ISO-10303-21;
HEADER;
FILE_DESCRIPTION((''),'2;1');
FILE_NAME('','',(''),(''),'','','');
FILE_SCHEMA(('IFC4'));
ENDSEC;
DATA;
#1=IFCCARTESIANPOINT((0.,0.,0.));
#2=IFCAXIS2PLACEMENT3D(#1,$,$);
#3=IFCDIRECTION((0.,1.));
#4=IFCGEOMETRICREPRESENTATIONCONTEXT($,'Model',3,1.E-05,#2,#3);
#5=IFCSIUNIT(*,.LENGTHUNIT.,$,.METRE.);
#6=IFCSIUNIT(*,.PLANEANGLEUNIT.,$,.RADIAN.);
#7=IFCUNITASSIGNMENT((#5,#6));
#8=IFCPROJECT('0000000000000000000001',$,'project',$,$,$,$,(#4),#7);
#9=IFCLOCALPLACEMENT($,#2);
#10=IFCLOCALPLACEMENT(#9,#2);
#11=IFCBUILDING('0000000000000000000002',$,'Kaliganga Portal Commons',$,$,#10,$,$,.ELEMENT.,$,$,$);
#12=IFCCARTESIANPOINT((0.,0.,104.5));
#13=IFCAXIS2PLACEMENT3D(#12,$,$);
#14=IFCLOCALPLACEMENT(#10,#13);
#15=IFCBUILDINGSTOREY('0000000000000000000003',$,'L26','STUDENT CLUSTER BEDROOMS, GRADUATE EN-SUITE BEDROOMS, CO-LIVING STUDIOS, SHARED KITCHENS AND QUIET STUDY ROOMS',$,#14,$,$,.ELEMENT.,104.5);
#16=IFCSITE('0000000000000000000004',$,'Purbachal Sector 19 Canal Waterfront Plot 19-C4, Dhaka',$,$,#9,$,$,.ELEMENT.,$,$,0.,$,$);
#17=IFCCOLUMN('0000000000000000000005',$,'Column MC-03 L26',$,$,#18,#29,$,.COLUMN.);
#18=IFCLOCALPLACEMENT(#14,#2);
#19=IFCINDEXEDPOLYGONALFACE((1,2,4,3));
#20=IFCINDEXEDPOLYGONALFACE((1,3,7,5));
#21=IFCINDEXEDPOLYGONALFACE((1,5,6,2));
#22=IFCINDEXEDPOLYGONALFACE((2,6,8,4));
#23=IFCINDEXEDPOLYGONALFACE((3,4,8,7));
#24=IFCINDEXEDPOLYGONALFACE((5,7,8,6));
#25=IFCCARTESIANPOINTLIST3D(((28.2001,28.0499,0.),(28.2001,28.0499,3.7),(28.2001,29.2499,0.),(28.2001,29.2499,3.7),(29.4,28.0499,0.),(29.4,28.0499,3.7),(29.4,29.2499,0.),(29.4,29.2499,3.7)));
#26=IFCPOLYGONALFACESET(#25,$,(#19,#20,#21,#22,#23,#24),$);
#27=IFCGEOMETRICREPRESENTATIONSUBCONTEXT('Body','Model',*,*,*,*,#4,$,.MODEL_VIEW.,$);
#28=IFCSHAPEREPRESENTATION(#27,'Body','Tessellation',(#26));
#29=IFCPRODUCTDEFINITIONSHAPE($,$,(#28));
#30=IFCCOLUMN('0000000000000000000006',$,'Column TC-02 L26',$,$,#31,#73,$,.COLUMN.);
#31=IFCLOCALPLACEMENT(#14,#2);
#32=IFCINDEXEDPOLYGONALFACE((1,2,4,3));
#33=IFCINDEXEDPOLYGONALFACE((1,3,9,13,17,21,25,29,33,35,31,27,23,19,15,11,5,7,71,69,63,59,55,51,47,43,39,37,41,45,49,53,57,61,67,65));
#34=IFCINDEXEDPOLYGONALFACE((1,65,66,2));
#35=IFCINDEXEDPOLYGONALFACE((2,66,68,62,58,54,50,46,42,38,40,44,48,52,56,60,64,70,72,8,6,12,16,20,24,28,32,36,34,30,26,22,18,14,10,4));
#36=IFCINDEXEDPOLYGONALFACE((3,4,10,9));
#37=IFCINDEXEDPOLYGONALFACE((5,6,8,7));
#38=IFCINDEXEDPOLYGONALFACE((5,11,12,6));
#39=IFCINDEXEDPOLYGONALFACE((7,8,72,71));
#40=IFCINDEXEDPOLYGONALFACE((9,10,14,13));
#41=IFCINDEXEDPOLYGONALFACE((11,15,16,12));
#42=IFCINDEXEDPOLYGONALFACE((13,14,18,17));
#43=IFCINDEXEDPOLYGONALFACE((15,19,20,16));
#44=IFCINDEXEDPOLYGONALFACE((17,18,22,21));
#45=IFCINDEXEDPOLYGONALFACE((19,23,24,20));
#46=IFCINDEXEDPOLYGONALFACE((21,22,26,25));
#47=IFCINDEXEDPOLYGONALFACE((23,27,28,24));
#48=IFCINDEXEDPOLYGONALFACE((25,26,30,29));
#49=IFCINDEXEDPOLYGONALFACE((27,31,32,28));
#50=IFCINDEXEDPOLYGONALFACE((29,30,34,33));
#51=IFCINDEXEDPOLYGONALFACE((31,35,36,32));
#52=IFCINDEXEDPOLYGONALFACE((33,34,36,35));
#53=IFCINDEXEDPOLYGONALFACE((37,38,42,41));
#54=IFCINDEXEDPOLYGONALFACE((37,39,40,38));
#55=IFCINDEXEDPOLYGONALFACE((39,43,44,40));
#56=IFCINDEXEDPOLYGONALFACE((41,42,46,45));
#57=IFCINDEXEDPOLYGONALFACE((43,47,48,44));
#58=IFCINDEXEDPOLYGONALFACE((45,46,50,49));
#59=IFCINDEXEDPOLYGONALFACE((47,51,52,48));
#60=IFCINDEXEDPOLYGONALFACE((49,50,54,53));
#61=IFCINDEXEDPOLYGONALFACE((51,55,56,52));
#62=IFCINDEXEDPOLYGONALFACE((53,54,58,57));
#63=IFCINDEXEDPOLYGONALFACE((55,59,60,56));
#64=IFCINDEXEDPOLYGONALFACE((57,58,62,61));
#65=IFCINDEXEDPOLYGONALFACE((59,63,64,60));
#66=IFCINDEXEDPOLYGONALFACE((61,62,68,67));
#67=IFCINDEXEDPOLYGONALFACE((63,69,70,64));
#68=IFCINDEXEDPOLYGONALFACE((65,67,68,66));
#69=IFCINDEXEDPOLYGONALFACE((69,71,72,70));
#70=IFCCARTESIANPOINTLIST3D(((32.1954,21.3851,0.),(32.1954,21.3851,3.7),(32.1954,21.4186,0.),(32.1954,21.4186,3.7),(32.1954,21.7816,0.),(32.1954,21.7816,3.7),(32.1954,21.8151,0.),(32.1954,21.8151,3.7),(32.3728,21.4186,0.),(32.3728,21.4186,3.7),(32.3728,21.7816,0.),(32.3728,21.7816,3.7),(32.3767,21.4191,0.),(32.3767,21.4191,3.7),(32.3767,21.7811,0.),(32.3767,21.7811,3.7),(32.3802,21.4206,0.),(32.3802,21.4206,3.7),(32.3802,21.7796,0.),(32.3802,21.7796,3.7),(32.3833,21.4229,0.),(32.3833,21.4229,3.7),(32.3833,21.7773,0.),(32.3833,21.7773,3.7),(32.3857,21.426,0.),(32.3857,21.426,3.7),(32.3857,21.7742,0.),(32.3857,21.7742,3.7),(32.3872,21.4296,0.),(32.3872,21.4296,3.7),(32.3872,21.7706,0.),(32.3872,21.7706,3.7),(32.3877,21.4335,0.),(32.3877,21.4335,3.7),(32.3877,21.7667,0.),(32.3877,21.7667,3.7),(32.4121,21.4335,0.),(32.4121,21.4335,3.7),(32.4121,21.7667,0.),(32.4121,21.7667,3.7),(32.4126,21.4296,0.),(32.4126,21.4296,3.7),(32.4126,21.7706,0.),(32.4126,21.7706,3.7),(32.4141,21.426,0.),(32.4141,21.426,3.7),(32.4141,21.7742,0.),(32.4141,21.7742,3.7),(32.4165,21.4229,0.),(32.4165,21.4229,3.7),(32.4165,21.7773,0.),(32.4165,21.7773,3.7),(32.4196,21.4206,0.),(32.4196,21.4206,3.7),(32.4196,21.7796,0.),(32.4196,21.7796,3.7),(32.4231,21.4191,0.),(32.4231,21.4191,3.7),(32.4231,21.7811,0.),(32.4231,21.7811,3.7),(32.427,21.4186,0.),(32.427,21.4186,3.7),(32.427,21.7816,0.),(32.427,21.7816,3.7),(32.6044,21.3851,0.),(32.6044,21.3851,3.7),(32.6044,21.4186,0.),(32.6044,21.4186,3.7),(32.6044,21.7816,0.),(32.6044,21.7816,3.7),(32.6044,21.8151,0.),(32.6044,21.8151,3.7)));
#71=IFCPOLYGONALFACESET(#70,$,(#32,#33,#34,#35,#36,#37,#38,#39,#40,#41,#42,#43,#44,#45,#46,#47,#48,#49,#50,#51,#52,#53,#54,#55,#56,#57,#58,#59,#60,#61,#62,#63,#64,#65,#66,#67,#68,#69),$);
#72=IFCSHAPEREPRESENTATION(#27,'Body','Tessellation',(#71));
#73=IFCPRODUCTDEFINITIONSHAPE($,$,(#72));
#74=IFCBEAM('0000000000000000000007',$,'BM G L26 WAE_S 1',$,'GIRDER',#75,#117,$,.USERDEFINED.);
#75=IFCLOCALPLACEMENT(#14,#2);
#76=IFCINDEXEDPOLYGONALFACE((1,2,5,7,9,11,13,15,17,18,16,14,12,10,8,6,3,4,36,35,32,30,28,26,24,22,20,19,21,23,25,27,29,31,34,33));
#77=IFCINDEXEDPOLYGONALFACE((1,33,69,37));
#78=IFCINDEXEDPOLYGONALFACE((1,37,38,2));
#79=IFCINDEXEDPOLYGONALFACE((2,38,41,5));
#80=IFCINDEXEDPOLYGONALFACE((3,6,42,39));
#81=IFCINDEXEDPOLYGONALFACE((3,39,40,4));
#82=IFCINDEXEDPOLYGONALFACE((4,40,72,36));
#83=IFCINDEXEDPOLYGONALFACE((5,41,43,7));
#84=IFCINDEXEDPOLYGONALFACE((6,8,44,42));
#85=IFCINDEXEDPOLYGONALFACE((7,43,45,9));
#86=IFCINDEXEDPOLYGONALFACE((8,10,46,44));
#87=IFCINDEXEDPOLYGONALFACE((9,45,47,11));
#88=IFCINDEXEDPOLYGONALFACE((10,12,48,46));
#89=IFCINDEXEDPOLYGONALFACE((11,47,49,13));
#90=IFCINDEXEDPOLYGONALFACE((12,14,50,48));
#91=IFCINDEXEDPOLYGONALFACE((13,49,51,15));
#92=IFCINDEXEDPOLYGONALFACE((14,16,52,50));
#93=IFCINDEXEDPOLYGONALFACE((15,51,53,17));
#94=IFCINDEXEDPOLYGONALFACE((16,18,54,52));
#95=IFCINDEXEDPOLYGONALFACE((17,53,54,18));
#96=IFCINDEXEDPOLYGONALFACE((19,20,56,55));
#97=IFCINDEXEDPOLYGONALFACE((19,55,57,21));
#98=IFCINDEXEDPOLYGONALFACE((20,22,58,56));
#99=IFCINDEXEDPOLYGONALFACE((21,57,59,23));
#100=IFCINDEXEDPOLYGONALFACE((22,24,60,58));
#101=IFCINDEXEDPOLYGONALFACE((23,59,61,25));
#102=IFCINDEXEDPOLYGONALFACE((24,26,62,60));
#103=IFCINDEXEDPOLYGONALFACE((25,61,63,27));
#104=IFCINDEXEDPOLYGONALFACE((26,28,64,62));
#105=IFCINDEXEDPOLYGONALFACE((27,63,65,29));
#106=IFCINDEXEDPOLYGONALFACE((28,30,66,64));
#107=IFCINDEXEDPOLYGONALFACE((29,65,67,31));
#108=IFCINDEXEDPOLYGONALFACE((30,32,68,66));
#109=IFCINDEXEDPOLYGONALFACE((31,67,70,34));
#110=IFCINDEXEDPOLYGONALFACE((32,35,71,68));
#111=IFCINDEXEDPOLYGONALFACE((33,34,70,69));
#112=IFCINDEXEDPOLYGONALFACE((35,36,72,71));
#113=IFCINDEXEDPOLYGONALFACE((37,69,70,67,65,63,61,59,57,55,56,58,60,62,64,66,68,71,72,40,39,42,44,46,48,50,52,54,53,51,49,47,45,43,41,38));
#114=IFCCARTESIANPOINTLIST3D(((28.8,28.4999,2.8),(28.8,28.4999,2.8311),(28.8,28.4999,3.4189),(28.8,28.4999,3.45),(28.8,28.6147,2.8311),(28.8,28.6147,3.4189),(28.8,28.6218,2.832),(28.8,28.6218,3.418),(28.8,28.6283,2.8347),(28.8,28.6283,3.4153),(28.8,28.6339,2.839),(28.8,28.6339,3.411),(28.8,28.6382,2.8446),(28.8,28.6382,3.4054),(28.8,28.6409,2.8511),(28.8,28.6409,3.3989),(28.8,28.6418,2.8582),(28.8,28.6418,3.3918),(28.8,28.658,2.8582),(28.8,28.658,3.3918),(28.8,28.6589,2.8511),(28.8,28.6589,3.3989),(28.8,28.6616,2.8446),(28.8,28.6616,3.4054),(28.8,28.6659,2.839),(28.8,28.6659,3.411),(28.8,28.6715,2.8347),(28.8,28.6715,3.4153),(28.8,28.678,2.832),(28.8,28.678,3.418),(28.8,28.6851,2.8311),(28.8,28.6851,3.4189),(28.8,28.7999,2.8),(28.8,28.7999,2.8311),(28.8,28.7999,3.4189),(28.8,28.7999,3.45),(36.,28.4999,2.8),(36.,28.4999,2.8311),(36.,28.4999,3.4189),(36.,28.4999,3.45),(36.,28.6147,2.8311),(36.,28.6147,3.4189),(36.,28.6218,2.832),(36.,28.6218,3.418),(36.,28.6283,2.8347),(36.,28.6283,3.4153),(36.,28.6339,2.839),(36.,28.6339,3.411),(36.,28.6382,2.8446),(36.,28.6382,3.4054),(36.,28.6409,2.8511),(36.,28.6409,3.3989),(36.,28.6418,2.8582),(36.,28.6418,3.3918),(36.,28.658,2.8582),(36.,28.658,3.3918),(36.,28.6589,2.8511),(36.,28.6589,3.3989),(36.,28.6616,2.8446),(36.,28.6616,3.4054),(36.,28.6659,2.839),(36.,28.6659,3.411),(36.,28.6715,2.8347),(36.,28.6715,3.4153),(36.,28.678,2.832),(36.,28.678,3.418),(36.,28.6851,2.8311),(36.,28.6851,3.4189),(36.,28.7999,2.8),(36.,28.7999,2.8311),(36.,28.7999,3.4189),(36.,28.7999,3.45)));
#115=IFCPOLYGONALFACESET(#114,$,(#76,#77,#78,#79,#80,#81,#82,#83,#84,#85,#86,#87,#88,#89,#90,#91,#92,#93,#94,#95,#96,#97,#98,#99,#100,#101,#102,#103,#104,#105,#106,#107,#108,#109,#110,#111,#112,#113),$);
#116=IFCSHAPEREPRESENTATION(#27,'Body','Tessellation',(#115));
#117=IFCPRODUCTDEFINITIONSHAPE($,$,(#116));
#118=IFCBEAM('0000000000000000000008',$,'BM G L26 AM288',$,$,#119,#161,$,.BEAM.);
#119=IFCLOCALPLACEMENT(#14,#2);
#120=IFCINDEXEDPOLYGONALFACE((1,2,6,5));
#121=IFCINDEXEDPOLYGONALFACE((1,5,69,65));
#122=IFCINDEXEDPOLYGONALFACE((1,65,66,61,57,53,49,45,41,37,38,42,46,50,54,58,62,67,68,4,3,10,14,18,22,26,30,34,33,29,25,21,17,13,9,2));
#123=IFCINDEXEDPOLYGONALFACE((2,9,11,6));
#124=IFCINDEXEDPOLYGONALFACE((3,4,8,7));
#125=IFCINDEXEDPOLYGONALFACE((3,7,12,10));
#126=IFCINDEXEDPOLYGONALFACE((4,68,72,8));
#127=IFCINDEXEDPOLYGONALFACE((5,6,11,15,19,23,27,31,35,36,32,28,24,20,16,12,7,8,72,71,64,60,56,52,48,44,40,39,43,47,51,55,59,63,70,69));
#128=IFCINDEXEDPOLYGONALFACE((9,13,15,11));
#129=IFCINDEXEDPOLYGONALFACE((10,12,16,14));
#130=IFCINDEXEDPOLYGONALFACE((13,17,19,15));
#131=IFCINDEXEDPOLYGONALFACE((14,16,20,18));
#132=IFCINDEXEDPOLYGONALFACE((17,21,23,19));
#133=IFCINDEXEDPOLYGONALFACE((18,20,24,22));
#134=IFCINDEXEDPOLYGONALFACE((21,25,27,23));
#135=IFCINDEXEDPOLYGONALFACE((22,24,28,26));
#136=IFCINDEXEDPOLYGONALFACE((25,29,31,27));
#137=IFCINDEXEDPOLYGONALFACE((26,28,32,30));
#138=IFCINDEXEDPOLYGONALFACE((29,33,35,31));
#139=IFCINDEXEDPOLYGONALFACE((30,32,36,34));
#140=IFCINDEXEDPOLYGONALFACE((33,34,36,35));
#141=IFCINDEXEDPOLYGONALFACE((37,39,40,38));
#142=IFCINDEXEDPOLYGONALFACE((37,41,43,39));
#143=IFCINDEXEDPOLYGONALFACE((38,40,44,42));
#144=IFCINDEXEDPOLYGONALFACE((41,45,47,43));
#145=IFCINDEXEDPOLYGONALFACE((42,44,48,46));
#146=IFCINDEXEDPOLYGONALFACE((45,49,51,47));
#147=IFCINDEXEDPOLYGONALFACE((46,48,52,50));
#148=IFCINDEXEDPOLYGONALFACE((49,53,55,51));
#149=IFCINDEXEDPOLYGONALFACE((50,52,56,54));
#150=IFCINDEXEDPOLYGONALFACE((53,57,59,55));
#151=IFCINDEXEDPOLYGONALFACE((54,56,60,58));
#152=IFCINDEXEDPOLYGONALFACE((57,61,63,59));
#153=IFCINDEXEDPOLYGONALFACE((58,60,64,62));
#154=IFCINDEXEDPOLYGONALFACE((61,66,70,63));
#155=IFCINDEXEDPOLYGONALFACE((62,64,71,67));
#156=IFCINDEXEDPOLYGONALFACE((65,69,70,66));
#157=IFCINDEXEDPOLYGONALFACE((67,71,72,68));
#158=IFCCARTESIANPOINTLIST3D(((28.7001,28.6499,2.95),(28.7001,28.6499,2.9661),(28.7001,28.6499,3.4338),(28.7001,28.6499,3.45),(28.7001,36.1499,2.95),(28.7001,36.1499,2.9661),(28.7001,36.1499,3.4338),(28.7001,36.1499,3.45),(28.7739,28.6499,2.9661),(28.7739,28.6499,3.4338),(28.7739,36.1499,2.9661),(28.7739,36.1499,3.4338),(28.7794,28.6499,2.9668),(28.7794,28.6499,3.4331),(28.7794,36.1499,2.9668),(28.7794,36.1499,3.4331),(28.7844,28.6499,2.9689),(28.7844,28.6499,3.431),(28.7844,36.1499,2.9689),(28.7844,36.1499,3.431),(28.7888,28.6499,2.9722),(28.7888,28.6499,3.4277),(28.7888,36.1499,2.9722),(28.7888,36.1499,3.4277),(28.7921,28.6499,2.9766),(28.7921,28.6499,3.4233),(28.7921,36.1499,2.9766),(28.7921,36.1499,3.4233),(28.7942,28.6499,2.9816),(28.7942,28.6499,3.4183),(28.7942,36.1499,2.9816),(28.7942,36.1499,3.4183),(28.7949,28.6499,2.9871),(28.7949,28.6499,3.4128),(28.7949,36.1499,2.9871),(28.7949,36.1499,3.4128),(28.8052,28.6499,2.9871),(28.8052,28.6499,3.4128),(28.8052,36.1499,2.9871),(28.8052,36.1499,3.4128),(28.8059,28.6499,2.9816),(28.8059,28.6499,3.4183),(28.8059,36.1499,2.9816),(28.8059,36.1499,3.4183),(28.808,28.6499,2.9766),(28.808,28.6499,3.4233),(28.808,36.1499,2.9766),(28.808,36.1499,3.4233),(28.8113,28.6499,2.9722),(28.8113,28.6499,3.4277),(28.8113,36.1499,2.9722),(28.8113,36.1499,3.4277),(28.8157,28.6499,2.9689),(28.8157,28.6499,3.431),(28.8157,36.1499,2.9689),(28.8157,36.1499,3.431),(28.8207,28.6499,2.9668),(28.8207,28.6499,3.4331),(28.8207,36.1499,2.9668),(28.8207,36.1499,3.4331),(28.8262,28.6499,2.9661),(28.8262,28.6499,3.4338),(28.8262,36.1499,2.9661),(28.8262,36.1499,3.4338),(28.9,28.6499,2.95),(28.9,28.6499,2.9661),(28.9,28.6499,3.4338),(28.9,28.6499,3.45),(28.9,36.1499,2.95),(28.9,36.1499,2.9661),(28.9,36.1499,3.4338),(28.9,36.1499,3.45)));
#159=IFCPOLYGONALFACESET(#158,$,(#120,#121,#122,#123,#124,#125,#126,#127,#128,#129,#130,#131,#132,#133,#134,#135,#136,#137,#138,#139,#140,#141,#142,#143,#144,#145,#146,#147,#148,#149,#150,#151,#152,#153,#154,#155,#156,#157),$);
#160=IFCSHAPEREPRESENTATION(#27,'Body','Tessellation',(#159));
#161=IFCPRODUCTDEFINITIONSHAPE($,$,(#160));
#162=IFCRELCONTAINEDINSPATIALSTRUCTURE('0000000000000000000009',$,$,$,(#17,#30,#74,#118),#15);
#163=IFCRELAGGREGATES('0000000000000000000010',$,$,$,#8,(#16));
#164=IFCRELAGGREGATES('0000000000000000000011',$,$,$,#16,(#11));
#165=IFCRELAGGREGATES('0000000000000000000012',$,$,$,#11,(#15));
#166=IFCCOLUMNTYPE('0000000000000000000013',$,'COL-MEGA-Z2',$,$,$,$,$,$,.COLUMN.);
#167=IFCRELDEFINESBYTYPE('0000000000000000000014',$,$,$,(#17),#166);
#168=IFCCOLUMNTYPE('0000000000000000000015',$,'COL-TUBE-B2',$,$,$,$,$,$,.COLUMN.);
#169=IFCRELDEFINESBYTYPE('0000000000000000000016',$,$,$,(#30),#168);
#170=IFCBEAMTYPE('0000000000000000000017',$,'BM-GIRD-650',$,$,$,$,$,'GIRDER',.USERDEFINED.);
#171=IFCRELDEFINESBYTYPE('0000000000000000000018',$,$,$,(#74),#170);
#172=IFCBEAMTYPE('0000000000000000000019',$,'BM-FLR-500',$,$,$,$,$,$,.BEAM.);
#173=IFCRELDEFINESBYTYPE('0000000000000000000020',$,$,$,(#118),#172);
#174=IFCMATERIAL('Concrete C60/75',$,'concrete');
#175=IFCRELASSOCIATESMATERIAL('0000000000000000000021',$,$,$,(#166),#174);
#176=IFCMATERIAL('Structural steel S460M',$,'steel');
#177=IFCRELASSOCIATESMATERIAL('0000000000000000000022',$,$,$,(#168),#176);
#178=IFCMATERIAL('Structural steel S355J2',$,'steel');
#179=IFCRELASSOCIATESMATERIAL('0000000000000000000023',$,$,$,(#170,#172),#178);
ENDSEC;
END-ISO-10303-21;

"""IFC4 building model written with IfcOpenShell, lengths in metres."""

from ifc_helpers import new_model, si_unit, direction, frame, origin, origin_2d, place, context, subcontext, project, spatial, rectangle, i_section, extrude, source, transform, mapped, material, material_profile, profile_set, type_object, element, save


model = new_model("IFC4")

# Units and contexts
model_context = context("Model", 3, precision=1e-05, world=origin(), true_north=direction((0.0, 1.0)))
body_context = subcontext(model_context, "Body", "Model", "MODEL_VIEW")
ifc_project = project(units=[si_unit("LENGTHUNIT", "METRE"), si_unit("PLANEANGLEUNIT", "RADIAN")], contexts=[model_context])

# Site, building, storey
site_placement = place(None, origin())
site = spatial("IfcSite", under=ifc_project, at=site_placement, Name="Purbachal Sector 19 Canal Waterfront Plot 19-C4, Dhaka", CompositionType="ELEMENT", RefElevation=0.0)
building_placement = place(site_placement, origin())
building = spatial("IfcBuilding", under=site, at=building_placement, Name="Kaliganga Portal Commons", CompositionType="ELEMENT")
storey_placement = place(building_placement, frame((0.0, 0.0, 104.5)))
storey = spatial("IfcBuildingStorey", under=building, at=storey_placement, Name="L26", Description="STUDENT CLUSTER BEDROOMS, GRADUATE EN-SUITE BEDROOMS, CO-LIVING STUDIOS, SHARED KITCHENS AND QUIET STUDY ROOMS", CompositionType="ELEMENT", Elevation=104.5)

# Columns
ifc_material_1 = material(Name="Concrete C60/75", Category="concrete")
ifc_material_profile_1 = material_profile(ifc_material_1, rectangle(XDim=1.2, YDim=1.2, at=origin_2d()), Name="RC 1200x1200")
ifc_profile_set_1 = profile_set([ifc_material_profile_1], Name="Concrete C60/75")
column_type_1 = type_object("IfcColumnType", Name="COL-MEGA-Z2", PredefinedType="COLUMN", material=ifc_profile_set_1)
shared_shape_1 = source(origin(), body_context, "Body", "SweptSolid", [
    extrude(rectangle(XDim=1.2, YDim=1.2, at=origin_2d()), origin(), (0.0, 0.0, 1.0), 3.7),
])
column_1_placement = place(storey_placement, frame((28.8, 28.6499, 0.0), z_axis=(0.0, 0.0, 1.0), x_axis=(1.0, 0.0, 0.0)))
element("IfcColumn", 1, at=column_1_placement, inside=storey, type_object=column_type_1, Name="Column MC-03 L26", PredefinedType="COLUMN", context=body_context, shape_type="MappedRepresentation", body=[
    mapped(shared_shape_1, transform((0.0, 0.0, 0.0), x_axis=(1.0, 0.0, 0.0), y_axis=(0.0, 1.0, 0.0), z_axis=(0.0, 0.0, 1.0), scale=1.0)),
])
ifc_material_2 = material(Name="Structural steel S460M", Category="steel")
ifc_material_profile_2 = material_profile(ifc_material_2, i_section(OverallWidth=0.4089, OverallDepth=0.4299, WebThickness=0.0244, FlangeThickness=0.0334, FilletRadius=0.0149, at=origin_2d()), Name="HD 400x421")
ifc_profile_set_2 = profile_set([ifc_material_profile_2], Name="Structural steel S460M wide-flange")
column_type_2 = type_object("IfcColumnType", Name="COL-TUBE-B2", PredefinedType="COLUMN", material=ifc_profile_set_2)
shared_shape_2 = source(origin(), body_context, "Body", "SweptSolid", [
    extrude(i_section(OverallWidth=0.4089, OverallDepth=0.4299, WebThickness=0.0244, FlangeThickness=0.0334, FilletRadius=0.0149, at=origin_2d()), origin(), (0.0, 0.0, 1.0), 3.7),
])
column_2_placement = place(storey_placement, frame((32.3999, 21.6001, 0.0), z_axis=(0.0, 0.0, 1.0), x_axis=(1.0, 0.0, 0.0)))
element("IfcColumn", 2, at=column_2_placement, inside=storey, type_object=column_type_2, Name="Column TC-02 L26", PredefinedType="COLUMN", context=body_context, shape_type="MappedRepresentation", body=[
    mapped(shared_shape_2, transform((0.0, 0.0, 0.0), x_axis=(1.0, 0.0, 0.0), y_axis=(0.0, 1.0, 0.0), z_axis=(0.0, 0.0, 1.0), scale=1.0)),
])

# Beams
ifc_material_3 = material(Name="Structural steel S355J2", Category="steel")
ifc_material_profile_3 = material_profile(ifc_material_3, i_section(OverallWidth=0.3, OverallDepth=0.6499, WebThickness=0.0161, FlangeThickness=0.031, FilletRadius=0.0271, at=origin_2d()), Name="HE 650 B")
ifc_profile_set_3 = profile_set([ifc_material_profile_3], Name="Structural steel S355J2 wide-flange")
beam_type_1 = type_object("IfcBeamType", Name="BM-GIRD-650", ElementType="GIRDER", PredefinedType="USERDEFINED", material=ifc_profile_set_3)
shared_shape_3 = source(origin(), body_context, "Body", "SweptSolid", [
    extrude(i_section(OverallWidth=0.3, OverallDepth=0.6499, WebThickness=0.0161, FlangeThickness=0.031, FilletRadius=0.0271, at=origin_2d()), origin(), (0.0, 0.0, 1.0), 7.2),
])
beam_1_placement = place(storey_placement, frame((28.8, 28.6499, 3.125), z_axis=(1.0, 0.0, 0.0), x_axis=(0.0, 1.0, 0.0)))
element("IfcBeam", 3, at=beam_1_placement, inside=storey, type_object=beam_type_1, Name="BM G L26 WAE_S 1", ObjectType="GIRDER", PredefinedType="USERDEFINED", context=body_context, shape_type="MappedRepresentation", body=[
    mapped(shared_shape_3, transform((0.0, 0.0, 0.0), x_axis=(1.0, 0.0, 0.0), y_axis=(0.0, 1.0, 0.0), z_axis=(0.0, 0.0, 1.0), scale=1.0)),
])
ifc_material_profile_4 = material_profile(ifc_material_3, i_section(OverallWidth=0.2, OverallDepth=0.5, WebThickness=0.0103, FlangeThickness=0.0161, FilletRadius=0.021, at=origin_2d()), Name="IPE 500")
ifc_profile_set_4 = profile_set([ifc_material_profile_4], Name="Structural steel S355J2 wide-flange")
beam_type_2 = type_object("IfcBeamType", Name="BM-FLR-500", PredefinedType="BEAM", material=ifc_profile_set_4)
shared_shape_4 = source(origin(), body_context, "Body", "SweptSolid", [
    extrude(i_section(OverallWidth=0.2, OverallDepth=0.5, WebThickness=0.0103, FlangeThickness=0.0161, FilletRadius=0.021, at=origin_2d()), origin(), (0.0, 0.0, 1.0), 7.5),
])
beam_2_placement = place(storey_placement, frame((28.8, 28.6499, 3.2), z_axis=(0.0, 1.0, 0.0), x_axis=(-1.0, 0.0, 0.0)))
element("IfcBeam", 4, at=beam_2_placement, inside=storey, type_object=beam_type_2, Name="BM G L26 AM288", PredefinedType="BEAM", context=body_context, shape_type="MappedRepresentation", body=[
    mapped(shared_shape_4, transform((0.0, 0.0, 0.0), x_axis=(1.0, 0.0, 0.0), y_axis=(0.0, 1.0, 0.0), z_axis=(0.0, 0.0, 1.0), scale=1.0)),
])

save(model, "model.ifc")
